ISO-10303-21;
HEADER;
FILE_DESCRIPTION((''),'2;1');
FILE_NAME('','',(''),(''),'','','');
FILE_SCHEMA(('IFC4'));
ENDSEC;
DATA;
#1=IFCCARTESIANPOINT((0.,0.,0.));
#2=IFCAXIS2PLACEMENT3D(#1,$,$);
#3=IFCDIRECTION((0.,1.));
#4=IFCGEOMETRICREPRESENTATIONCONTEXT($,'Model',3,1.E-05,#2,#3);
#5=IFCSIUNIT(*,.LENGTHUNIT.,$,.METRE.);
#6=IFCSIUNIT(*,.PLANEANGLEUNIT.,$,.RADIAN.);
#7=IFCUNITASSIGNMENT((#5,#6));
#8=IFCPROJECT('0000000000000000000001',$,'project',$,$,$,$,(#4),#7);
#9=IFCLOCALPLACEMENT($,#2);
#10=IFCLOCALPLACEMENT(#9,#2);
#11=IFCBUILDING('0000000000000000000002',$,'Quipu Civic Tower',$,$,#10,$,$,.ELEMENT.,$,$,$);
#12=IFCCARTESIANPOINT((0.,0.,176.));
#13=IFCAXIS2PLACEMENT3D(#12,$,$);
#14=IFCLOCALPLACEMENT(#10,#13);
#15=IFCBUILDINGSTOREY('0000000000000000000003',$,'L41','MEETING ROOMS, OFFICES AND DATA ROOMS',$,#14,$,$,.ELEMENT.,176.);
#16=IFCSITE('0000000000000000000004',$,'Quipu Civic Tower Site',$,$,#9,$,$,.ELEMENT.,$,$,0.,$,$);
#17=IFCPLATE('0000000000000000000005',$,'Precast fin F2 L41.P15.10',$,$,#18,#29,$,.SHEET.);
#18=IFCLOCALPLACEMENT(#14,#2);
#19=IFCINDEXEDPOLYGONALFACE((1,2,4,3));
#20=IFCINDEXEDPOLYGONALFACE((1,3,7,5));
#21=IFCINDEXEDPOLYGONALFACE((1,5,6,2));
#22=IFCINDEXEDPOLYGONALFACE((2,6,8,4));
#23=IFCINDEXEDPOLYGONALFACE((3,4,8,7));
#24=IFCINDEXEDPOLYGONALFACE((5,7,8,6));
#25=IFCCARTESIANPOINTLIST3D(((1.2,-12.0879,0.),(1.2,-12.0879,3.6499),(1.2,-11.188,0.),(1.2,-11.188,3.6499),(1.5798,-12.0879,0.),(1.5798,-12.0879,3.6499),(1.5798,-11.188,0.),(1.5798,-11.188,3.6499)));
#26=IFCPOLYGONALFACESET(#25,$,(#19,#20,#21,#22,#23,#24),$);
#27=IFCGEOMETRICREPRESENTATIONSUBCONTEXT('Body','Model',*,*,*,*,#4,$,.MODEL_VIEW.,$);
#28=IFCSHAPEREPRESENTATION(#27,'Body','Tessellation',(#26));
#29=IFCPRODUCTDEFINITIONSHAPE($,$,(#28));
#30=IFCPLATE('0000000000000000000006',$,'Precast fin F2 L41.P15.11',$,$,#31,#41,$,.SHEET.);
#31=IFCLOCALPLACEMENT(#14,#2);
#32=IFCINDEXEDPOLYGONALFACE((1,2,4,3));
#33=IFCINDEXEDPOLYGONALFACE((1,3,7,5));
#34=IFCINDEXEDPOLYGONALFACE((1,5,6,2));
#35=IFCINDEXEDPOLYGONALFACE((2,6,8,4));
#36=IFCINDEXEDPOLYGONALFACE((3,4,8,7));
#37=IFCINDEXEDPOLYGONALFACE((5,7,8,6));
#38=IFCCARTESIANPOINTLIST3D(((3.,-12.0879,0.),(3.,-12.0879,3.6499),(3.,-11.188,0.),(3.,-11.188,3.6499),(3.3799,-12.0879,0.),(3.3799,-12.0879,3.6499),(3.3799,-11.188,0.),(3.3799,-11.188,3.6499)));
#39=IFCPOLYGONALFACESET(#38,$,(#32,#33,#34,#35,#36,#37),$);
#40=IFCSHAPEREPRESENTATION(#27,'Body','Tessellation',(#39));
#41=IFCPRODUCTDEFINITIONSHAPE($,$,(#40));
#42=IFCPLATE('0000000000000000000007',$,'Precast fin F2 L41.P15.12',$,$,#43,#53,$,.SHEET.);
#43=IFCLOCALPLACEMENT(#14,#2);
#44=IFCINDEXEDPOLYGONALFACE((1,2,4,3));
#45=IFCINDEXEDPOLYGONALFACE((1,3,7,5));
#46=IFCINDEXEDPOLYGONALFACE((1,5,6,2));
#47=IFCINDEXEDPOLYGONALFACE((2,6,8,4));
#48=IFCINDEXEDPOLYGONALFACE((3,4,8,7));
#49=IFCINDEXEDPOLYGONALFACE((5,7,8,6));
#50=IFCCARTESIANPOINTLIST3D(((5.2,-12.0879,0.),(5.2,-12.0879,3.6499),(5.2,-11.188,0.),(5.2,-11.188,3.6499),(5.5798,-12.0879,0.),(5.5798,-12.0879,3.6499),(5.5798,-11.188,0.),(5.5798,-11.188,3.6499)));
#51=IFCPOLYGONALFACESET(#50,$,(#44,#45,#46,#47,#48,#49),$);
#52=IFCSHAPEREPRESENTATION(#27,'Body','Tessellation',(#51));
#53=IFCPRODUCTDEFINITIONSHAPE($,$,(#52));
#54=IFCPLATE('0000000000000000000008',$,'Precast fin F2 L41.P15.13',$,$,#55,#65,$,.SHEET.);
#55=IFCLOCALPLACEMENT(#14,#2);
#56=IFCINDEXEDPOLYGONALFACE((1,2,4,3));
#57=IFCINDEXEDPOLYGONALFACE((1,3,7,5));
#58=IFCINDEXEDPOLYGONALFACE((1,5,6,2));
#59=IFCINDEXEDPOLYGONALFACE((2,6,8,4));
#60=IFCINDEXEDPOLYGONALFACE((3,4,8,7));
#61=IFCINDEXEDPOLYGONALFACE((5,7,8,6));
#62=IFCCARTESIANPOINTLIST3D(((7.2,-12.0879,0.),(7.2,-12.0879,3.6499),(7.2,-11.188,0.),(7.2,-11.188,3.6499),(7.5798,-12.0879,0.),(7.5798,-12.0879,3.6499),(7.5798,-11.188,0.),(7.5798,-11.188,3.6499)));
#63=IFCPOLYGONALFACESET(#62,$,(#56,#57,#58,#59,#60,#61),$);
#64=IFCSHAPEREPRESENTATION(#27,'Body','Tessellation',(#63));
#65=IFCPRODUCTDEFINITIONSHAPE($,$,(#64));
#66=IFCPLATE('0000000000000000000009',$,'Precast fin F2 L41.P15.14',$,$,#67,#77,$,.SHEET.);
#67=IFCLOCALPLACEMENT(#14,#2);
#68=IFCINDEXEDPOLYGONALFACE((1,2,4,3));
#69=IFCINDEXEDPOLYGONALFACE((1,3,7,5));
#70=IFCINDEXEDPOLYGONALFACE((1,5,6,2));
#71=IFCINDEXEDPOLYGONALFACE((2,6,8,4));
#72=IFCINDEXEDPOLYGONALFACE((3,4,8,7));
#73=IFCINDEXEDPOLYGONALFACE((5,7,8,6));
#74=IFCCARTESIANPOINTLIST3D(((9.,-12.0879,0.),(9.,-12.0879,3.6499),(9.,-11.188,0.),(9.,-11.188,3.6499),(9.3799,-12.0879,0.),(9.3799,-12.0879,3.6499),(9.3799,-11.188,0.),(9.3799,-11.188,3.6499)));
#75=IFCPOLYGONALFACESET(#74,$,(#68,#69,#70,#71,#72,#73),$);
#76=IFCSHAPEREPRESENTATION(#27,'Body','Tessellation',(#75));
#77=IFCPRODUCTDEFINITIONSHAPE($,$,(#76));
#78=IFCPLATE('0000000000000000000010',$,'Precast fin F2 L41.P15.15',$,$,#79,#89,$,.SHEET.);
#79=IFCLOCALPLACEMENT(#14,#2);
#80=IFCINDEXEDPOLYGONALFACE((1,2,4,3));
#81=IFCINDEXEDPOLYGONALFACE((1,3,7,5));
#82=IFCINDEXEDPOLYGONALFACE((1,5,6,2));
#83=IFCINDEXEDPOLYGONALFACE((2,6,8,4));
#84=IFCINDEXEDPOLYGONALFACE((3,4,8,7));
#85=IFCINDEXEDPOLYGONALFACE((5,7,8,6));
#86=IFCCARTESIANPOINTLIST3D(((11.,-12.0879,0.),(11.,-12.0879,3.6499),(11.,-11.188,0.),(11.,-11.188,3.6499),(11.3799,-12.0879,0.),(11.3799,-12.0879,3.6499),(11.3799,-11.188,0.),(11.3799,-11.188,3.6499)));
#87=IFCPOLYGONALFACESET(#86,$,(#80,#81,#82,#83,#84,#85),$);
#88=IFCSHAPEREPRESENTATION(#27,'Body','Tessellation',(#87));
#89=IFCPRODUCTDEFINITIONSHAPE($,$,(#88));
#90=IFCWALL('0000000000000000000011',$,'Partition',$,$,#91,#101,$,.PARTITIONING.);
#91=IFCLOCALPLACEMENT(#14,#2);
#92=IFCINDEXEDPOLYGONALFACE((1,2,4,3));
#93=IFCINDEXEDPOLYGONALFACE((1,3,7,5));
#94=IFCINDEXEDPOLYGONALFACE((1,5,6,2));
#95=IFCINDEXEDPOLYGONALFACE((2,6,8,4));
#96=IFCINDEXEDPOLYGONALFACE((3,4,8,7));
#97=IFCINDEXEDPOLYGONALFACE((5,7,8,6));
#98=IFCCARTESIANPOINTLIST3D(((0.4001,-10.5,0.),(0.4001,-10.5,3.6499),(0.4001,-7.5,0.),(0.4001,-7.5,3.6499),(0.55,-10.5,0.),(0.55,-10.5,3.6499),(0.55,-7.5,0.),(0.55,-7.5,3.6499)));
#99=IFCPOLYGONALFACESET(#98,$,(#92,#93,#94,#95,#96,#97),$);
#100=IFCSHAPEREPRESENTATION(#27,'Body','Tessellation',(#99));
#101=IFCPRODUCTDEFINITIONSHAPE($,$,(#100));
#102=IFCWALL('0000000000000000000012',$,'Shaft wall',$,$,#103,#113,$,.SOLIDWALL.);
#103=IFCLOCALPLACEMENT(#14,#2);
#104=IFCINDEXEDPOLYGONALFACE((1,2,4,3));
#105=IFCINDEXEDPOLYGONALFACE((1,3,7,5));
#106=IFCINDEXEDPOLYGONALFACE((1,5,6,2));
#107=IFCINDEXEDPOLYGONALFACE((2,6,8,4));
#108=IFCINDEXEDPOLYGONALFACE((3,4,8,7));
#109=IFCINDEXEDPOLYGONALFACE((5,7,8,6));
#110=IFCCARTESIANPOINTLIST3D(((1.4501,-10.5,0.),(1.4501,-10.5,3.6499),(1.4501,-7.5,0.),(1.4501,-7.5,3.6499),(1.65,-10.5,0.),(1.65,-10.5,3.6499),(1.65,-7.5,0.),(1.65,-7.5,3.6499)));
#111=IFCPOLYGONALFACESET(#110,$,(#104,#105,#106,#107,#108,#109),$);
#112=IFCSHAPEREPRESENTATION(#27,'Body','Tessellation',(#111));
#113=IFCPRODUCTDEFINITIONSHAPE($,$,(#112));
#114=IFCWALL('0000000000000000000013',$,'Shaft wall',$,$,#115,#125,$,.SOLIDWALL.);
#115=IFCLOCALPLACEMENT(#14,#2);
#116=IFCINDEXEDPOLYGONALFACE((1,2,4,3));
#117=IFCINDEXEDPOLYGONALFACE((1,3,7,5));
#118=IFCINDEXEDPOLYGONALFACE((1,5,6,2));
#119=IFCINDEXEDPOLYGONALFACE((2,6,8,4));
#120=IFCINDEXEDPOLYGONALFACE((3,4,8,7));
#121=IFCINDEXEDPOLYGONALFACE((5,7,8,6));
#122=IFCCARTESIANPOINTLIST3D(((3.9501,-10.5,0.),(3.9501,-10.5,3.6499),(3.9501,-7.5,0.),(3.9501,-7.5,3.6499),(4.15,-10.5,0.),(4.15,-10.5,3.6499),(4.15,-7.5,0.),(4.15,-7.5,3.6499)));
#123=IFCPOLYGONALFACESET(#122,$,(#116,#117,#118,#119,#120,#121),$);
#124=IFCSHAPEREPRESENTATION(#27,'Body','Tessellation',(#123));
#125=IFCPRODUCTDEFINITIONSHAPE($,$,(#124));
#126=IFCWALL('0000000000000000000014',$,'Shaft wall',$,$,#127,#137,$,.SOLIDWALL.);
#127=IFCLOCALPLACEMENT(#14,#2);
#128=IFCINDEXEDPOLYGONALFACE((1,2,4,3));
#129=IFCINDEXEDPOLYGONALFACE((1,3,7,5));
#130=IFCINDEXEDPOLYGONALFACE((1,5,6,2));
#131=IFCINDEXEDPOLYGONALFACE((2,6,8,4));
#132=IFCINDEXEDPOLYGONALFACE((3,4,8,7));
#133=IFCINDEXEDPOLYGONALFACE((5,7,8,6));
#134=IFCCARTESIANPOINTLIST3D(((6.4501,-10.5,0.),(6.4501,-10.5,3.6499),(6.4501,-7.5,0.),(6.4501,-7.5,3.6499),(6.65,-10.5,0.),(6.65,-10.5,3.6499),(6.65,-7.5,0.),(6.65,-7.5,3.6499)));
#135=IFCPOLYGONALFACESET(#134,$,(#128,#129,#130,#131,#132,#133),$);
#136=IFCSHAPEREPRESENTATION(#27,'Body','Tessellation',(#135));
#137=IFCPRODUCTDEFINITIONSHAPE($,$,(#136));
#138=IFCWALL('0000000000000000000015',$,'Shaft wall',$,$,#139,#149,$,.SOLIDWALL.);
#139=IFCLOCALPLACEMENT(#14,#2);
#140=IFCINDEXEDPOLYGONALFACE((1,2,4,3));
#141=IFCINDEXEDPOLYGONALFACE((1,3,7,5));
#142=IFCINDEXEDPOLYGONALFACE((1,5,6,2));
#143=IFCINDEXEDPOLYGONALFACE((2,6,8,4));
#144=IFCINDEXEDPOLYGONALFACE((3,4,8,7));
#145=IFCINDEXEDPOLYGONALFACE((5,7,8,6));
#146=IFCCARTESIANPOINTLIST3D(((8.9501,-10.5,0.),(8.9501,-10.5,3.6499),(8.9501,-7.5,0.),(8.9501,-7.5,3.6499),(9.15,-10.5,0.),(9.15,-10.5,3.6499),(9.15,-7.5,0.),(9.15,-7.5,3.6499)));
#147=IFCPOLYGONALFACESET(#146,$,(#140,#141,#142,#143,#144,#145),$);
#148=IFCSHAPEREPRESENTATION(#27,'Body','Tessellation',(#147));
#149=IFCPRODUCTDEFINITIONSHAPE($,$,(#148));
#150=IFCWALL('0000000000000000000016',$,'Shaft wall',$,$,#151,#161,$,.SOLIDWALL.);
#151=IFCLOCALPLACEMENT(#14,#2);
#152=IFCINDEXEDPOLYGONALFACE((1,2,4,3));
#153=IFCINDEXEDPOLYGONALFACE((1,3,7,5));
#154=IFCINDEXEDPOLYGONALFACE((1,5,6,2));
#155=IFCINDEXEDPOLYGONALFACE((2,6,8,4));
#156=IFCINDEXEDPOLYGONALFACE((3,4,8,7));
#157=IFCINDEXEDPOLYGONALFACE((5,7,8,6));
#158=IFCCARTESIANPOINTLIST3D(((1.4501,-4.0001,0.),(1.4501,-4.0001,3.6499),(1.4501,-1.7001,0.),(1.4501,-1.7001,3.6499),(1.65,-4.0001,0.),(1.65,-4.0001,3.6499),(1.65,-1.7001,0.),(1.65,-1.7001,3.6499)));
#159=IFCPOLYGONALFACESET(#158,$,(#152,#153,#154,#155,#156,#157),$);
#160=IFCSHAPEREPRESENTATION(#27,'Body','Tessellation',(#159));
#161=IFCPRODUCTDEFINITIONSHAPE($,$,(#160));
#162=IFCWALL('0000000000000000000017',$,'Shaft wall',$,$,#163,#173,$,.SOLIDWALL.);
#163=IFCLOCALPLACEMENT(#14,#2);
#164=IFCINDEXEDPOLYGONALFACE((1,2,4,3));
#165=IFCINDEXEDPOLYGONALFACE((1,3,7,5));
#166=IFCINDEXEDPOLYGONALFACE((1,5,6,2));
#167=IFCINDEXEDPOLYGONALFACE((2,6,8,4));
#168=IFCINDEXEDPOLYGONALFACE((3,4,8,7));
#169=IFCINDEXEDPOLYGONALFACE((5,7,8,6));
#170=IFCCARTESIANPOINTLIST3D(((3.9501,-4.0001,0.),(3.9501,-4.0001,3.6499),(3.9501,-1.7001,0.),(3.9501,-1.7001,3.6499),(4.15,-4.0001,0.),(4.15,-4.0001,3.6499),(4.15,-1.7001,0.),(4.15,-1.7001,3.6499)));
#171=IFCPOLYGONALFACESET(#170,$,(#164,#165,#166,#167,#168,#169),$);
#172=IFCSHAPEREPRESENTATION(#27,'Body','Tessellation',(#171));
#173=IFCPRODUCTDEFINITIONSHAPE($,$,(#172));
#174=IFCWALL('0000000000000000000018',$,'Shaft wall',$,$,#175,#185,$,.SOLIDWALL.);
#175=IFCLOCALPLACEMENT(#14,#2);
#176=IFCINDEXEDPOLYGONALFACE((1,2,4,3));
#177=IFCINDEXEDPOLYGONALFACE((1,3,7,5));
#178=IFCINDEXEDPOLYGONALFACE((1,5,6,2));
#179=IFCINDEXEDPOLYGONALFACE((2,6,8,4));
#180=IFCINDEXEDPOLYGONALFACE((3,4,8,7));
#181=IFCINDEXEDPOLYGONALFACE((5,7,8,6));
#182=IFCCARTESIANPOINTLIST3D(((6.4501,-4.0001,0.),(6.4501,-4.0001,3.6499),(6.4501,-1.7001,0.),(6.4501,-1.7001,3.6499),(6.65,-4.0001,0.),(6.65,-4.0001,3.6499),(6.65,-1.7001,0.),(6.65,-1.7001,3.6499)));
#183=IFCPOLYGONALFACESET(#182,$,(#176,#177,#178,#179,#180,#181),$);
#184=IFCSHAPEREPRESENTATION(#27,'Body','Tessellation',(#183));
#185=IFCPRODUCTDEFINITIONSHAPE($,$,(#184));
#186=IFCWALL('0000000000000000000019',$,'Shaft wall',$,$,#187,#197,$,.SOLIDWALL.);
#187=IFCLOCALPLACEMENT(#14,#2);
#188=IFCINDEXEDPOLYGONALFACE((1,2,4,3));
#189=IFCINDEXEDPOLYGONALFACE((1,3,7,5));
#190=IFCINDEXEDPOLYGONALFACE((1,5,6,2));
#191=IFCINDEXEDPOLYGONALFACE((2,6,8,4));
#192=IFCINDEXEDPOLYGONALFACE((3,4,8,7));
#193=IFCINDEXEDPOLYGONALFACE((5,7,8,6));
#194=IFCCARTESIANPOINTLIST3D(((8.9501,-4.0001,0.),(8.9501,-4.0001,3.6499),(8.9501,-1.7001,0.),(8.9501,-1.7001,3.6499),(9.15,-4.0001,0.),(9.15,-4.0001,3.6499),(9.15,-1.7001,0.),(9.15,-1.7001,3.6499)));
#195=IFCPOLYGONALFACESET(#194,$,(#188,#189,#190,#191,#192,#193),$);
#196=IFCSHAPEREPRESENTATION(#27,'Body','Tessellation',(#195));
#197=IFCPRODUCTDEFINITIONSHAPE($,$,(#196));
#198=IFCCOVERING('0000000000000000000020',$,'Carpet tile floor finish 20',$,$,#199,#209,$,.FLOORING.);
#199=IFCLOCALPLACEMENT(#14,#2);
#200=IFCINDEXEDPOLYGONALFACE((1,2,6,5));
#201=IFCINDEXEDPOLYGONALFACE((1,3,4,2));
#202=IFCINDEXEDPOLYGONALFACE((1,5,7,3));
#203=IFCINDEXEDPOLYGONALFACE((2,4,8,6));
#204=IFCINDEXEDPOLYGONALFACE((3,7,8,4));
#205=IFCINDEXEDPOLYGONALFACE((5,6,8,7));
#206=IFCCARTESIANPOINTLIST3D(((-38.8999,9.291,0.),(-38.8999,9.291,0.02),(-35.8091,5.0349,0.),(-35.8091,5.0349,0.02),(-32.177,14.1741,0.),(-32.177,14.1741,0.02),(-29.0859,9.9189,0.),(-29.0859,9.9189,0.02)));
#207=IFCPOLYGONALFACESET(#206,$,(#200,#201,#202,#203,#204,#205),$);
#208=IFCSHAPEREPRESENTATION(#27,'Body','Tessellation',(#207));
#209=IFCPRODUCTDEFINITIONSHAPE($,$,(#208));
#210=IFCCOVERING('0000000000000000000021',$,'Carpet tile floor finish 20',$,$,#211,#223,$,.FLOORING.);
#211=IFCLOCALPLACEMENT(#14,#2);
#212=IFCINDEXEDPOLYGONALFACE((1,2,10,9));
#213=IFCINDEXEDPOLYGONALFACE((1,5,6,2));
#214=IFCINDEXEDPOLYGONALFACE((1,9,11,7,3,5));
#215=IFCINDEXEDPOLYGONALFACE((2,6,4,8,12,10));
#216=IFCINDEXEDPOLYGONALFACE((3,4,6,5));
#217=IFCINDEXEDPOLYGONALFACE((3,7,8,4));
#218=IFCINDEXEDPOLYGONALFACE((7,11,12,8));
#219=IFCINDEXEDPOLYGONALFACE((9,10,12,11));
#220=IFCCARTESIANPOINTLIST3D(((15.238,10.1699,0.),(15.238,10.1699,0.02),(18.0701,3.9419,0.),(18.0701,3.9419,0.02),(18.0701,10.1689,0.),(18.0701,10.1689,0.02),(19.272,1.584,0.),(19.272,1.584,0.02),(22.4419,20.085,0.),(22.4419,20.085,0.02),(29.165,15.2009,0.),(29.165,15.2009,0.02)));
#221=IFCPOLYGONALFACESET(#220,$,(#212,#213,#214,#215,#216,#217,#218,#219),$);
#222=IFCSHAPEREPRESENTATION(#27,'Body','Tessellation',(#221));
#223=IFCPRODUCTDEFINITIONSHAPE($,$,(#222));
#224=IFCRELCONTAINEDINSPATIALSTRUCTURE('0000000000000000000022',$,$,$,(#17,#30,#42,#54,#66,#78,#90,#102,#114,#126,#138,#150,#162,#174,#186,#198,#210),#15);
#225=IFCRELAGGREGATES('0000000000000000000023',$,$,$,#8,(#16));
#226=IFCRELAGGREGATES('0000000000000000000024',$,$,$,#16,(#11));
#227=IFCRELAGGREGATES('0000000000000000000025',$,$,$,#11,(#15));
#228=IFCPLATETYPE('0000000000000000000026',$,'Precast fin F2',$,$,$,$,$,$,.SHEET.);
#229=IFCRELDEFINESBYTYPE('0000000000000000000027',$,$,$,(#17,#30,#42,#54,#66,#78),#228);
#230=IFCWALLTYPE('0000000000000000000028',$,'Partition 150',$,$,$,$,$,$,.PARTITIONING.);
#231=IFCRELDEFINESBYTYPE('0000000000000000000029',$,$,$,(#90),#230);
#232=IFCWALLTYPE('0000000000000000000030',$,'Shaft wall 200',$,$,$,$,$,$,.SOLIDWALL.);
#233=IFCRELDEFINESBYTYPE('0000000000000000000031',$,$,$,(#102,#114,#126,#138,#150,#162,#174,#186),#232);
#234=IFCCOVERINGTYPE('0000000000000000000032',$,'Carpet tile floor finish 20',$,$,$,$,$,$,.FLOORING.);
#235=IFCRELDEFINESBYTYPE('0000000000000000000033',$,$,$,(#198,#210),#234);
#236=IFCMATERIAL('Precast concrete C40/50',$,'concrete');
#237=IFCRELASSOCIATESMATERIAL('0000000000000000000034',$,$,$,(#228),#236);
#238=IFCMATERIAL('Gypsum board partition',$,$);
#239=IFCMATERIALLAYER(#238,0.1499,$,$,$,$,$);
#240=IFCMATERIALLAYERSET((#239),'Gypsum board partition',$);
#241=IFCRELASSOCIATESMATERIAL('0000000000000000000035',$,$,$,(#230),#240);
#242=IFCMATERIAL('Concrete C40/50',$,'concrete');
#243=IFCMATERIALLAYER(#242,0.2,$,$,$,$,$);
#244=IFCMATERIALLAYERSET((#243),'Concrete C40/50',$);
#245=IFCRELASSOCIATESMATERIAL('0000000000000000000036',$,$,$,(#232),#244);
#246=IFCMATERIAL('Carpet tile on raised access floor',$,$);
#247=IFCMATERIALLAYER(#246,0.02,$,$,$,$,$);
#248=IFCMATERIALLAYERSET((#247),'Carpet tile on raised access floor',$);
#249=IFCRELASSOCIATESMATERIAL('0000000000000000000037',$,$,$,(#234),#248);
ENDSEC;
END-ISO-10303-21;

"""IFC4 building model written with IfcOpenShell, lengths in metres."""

from ifc_helpers import new_model, si_unit, direction, frame, frame_2d, origin, origin_2d, place, context, subcontext, project, spatial, polyline, rectangle, outline, extrude, material, layer, layer_set, type_object, element, save


model = new_model("IFC4")

# Units and contexts
model_context = context("Model", 3, precision=1e-05, world=origin(), true_north=direction((0.0, 1.0)))
body_context = subcontext(model_context, "Body", "Model", "MODEL_VIEW")
ifc_project = project(units=[si_unit("LENGTHUNIT", "METRE"), si_unit("PLANEANGLEUNIT", "RADIAN")], contexts=[model_context])

# Site, building, storey
site_placement = place(None, origin())
site = spatial("IfcSite", under=ifc_project, at=site_placement, Name="Quipu Civic Tower Site", CompositionType="ELEMENT", RefElevation=0.0)
building_placement = place(site_placement, origin())
building = spatial("IfcBuilding", under=site, at=building_placement, Name="Quipu Civic Tower", CompositionType="ELEMENT")
storey_placement = place(building_placement, frame((0.0, 0.0, 176.0)))
storey = spatial("IfcBuildingStorey", under=building, at=storey_placement, Name="L41", Description="MEETING ROOMS, OFFICES AND DATA ROOMS", CompositionType="ELEMENT", Elevation=176.0)

# Plates
ifc_material_1 = material(Name="Precast concrete C40/50", Category="concrete")
plate_type = type_object("IfcPlateType", Name="Precast fin F2", PredefinedType="SHEET", material=ifc_material_1)
for number, where, z_axis, x_axis, name in (
    (1, (1.3899, -11.6379, 0.0), (0.0, 0.0, 1.0), (1.0, 0.0, 0.0), "Precast fin F2 L41.P15.10"),
    (2, (3.1899, -11.6379, 0.0), (0.0, 0.0, 1.0), (1.0, 0.0, 0.0), "Precast fin F2 L41.P15.11"),
    (3, (5.3899, -11.6379, 0.0), (0.0, 0.0, 1.0), (1.0, 0.0, 0.0), "Precast fin F2 L41.P15.12"),
    (4, (7.3899, -11.6379, 0.0), (0.0, 0.0, 1.0), (1.0, 0.0, 0.0), "Precast fin F2 L41.P15.13"),
    (5, (9.1899, -11.6379, 0.0), (0.0, 0.0, 1.0), (1.0, 0.0, 0.0), "Precast fin F2 L41.P15.14"),
    (6, (11.1899, -11.6379, 0.0), (0.0, 0.0, 1.0), (1.0, 0.0, 0.0), "Precast fin F2 L41.P15.15"),
):
    element("IfcPlate", number, at=place(storey_placement, frame(where, z_axis=z_axis, x_axis=x_axis)), inside=storey, type_object=plate_type, Name=name, PredefinedType="SHEET", context=body_context, shape_type="SweptSolid", body=[
        extrude(rectangle(XDim=0.3799, YDim=0.8999, at=origin_2d()), origin(), (0.0, 0.0, 1.0), 3.6499),
    ])

# Walls
ifc_material_2 = material(Name="Gypsum board partition")
ifc_layer_1 = layer(ifc_material_2, 0.1499)
ifc_layer_set_1 = layer_set([ifc_layer_1], Name="Gypsum board partition")
wall_type_1 = type_object("IfcWallType", Name="Partition 150", PredefinedType="PARTITIONING", material=ifc_layer_set_1)
wall_placement = place(storey_placement, frame((0.4751, -10.5, 0.0), z_axis=(0.0, 0.0, 1.0), x_axis=(0.0, 1.0, 0.0)))
element("IfcWall", 7, at=wall_placement, inside=storey, type_object=wall_type_1, Name="Partition", PredefinedType="PARTITIONING", context=body_context, shape_type="SweptSolid", body=[
    extrude(rectangle(XDim=3.0, YDim=0.1499, at=frame_2d((1.5, 0.0))), origin(), (0.0, 0.0, 1.0), 3.6499),
])
ifc_material_3 = material(Name="Concrete C40/50", Category="concrete")
ifc_layer_2 = layer(ifc_material_3, 0.2)
ifc_layer_set_2 = layer_set([ifc_layer_2], Name="Concrete C40/50")
wall_type_2 = type_object("IfcWallType", Name="Shaft wall 200", PredefinedType="SOLIDWALL", material=ifc_layer_set_2)
for number, where, z_axis, x_axis, name in (
    (8, (1.55, -10.5, 0.0), (0.0, 0.0, 1.0), (0.0, 1.0, 0.0), "Shaft wall"),
    (9, (4.05, -10.5, 0.0), (0.0, 0.0, 1.0), (0.0, 1.0, 0.0), "Shaft wall"),
    (10, (6.55, -10.5, 0.0), (0.0, 0.0, 1.0), (0.0, 1.0, 0.0), "Shaft wall"),
    (11, (9.05, -10.5, 0.0), (0.0, 0.0, 1.0), (0.0, 1.0, 0.0), "Shaft wall"),
):
    element("IfcWall", number, at=place(storey_placement, frame(where, z_axis=z_axis, x_axis=x_axis)), inside=storey, type_object=wall_type_2, Name=name, PredefinedType="SOLIDWALL", context=body_context, shape_type="SweptSolid", body=[
        extrude(rectangle(XDim=3.0, YDim=0.2, at=frame_2d((1.5, 0.0))), origin(), (0.0, 0.0, 1.0), 3.6499),
    ])
for number, where, z_axis, x_axis, name in (
    (12, (1.55, -4.0, 0.0), (0.0, 0.0, 1.0), (0.0, 1.0, 0.0), "Shaft wall"),
    (13, (4.05, -4.0, 0.0), (0.0, 0.0, 1.0), (0.0, 1.0, 0.0), "Shaft wall"),
    (14, (6.55, -4.0, 0.0), (0.0, 0.0, 1.0), (0.0, 1.0, 0.0), "Shaft wall"),
    (15, (9.05, -4.0, 0.0), (0.0, 0.0, 1.0), (0.0, 1.0, 0.0), "Shaft wall"),
):
    element("IfcWall", number, at=place(storey_placement, frame(where, z_axis=z_axis, x_axis=x_axis)), inside=storey, type_object=wall_type_2, Name=name, PredefinedType="SOLIDWALL", context=body_context, shape_type="SweptSolid", body=[
        extrude(rectangle(XDim=2.3, YDim=0.2, at=frame_2d((1.1499, 0.0))), origin(), (0.0, 0.0, 1.0), 3.6499),
    ])

# Coverings
ifc_material_4 = material(Name="Carpet tile on raised access floor")
ifc_layer_3 = layer(ifc_material_4, 0.02)
ifc_layer_set_3 = layer_set([ifc_layer_3], Name="Carpet tile on raised access floor")
covering_type_1 = type_object("IfcCoveringType", Name="Carpet tile floor finish 20", PredefinedType="FLOORING", material=ifc_layer_set_3)
covering_1_placement = place(storey_placement, origin())
element("IfcCovering", 16, at=covering_1_placement, inside=storey, type_object=covering_type_1, Name="Carpet tile floor finish 20", PredefinedType="FLOORING", context=body_context, shape_type="SweptSolid", body=[
    extrude(outline(polyline([(-38.8999, 9.291), (-32.177, 14.1741), (-29.0859, 9.9189), (-35.8091, 5.0349), (-38.8999, 9.291)])), origin(), (0.0, 0.0, 1.0), 0.02),
])
covering_2_placement = place(storey_placement, origin())
element("IfcCovering", 17, at=covering_2_placement, inside=storey, type_object=covering_type_1, Name="Carpet tile floor finish 20", PredefinedType="FLOORING", context=body_context, shape_type="SweptSolid", body=[
    extrude(outline(polyline([(15.238, 10.1699), (22.4419, 20.085), (29.165, 15.2009), (19.272, 1.584), (18.0701, 3.9419), (18.0701, 10.1689), (15.238, 10.1699)])), origin(), (0.0, 0.0, 1.0), 0.02),
])

save(model, "model.ifc")
